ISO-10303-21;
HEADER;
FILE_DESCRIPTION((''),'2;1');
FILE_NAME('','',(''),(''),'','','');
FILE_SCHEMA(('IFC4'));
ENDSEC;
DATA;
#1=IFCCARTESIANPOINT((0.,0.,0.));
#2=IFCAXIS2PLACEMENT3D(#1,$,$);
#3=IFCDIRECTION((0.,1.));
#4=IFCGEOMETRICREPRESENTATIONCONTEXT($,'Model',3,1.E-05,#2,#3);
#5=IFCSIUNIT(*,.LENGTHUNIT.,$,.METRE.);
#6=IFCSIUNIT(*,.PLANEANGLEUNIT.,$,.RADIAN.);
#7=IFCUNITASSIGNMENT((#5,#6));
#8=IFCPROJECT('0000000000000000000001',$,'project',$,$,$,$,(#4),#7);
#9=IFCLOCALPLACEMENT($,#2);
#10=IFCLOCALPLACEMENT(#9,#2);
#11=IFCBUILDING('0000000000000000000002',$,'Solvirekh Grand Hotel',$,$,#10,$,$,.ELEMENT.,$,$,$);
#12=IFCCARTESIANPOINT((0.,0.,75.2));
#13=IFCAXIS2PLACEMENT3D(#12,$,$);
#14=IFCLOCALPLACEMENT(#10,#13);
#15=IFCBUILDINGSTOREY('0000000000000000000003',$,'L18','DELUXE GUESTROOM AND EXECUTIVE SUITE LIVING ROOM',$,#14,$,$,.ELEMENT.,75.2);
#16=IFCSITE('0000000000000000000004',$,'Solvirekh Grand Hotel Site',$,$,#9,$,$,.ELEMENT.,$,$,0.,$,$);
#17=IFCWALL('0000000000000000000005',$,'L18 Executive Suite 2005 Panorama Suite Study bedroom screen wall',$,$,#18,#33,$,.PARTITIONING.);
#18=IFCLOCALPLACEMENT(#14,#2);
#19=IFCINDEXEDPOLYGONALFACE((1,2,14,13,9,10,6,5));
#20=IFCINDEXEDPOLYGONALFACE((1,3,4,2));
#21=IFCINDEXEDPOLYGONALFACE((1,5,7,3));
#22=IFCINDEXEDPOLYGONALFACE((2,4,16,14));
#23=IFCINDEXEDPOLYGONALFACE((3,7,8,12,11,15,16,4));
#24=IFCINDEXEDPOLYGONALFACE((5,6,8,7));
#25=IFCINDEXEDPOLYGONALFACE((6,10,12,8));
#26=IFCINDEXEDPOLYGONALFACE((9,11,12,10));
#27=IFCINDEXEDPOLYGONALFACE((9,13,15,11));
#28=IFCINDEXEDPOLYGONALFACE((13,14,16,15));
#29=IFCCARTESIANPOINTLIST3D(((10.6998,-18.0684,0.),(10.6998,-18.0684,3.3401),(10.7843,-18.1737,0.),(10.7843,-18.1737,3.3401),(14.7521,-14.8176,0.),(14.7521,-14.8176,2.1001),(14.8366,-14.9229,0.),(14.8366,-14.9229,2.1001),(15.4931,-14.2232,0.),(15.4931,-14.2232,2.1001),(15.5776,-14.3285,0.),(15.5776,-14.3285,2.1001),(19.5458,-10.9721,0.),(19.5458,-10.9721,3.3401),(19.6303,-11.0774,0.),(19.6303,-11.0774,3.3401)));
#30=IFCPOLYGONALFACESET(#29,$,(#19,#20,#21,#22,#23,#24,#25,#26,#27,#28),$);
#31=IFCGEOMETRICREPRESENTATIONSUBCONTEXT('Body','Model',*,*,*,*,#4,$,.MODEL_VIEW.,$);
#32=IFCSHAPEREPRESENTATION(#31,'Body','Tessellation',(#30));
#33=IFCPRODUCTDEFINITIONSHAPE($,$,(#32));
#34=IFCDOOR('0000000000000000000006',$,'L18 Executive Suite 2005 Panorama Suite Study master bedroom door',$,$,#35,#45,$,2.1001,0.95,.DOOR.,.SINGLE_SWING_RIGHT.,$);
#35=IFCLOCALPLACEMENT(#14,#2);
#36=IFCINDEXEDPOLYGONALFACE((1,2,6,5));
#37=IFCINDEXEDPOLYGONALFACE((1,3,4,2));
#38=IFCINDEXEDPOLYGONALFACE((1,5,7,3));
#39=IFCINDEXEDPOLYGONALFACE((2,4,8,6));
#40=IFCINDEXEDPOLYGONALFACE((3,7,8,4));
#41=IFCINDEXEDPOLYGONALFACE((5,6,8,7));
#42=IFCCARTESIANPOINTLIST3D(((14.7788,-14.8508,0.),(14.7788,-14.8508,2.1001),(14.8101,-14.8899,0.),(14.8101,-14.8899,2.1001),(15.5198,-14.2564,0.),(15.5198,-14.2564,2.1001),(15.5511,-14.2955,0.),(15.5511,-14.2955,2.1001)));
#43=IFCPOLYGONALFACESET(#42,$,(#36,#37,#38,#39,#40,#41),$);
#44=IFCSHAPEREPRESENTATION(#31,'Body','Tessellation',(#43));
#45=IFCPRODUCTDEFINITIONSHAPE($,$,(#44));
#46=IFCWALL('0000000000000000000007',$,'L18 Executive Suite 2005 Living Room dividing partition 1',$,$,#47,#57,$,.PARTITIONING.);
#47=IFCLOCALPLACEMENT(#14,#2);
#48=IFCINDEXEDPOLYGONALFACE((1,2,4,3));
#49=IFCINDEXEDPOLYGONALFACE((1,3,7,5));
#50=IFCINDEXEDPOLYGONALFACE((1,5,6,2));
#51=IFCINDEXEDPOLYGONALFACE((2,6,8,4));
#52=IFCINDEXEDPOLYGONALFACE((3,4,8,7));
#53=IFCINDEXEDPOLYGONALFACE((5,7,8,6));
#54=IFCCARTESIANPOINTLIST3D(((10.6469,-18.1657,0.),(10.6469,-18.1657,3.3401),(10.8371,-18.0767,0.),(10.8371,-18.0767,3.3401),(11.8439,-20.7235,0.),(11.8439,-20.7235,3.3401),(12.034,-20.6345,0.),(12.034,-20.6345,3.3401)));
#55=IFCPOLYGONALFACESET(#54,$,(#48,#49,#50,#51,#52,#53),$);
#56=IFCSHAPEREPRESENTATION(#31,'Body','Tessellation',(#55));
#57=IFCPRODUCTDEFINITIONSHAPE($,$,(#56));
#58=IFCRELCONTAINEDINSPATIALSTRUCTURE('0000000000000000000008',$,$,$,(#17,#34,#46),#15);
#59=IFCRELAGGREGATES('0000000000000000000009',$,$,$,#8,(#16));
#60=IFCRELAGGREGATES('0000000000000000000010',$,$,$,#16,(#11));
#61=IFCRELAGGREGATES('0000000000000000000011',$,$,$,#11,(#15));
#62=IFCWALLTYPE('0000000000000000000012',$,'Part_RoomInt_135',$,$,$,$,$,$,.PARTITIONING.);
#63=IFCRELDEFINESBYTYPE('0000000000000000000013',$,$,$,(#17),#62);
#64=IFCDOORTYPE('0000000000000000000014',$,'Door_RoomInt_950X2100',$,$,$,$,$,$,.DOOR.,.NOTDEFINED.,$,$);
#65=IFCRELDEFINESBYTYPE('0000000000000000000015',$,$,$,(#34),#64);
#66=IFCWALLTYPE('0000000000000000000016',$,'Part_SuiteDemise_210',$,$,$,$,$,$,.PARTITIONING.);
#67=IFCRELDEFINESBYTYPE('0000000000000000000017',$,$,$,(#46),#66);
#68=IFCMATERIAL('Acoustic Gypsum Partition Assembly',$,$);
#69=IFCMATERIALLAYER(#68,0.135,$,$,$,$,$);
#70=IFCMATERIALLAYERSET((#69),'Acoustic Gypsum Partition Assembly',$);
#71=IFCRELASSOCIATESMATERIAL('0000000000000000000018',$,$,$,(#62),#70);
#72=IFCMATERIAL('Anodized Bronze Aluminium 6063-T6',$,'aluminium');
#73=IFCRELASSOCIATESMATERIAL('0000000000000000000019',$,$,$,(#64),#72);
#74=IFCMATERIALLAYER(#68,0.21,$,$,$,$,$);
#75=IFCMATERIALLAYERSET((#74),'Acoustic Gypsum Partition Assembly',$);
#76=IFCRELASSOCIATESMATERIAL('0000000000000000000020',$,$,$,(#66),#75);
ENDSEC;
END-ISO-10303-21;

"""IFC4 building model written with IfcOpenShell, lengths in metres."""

from ifc_helpers import new_model, si_unit, direction, frame, frame_2d, origin, place, context, subcontext, project, spatial, rectangle, extrude, material, layer, layer_set, type_object, element, fill, save


model = new_model("IFC4")

# Units and contexts
model_context = context("Model", 3, precision=1e-05, world=origin(), true_north=direction((0.0, 1.0)))
body_context = subcontext(model_context, "Body", "Model", "MODEL_VIEW")
ifc_project = project(units=[si_unit("LENGTHUNIT", "METRE"), si_unit("PLANEANGLEUNIT", "RADIAN")], contexts=[model_context])

# Site, building, storey
site_placement = place(None, origin())
site = spatial("IfcSite", under=ifc_project, at=site_placement, Name="Solvirekh Grand Hotel Site", CompositionType="ELEMENT", RefElevation=0.0)
building_placement = place(site_placement, origin())
building = spatial("IfcBuilding", under=site, at=building_placement, Name="Solvirekh Grand Hotel", CompositionType="ELEMENT")
storey_placement = place(building_placement, frame((0.0, 0.0, 75.2)))
storey = spatial("IfcBuildingStorey", under=building, at=storey_placement, Name="L18", Description="DELUXE GUESTROOM AND EXECUTIVE SUITE LIVING ROOM", CompositionType="ELEMENT", Elevation=75.2)

# Shared definitions
ifc_material_1 = material(Name="Anodized Bronze Aluminium 6063-T6", Category="aluminium")

# Wall, opening, door
ifc_material_2 = material(Name="Acoustic Gypsum Partition Assembly")
ifc_layer_1 = layer(ifc_material_2, 0.135)
ifc_layer_set_1 = layer_set([ifc_layer_1], Name="Acoustic Gypsum Partition Assembly")
wall_type_1 = type_object("IfcWallType", Name="Part_RoomInt_135", PredefinedType="PARTITIONING", material=ifc_layer_set_1)
wall_1_placement = place(storey_placement, frame((10.7419, -18.1211, 0.0), z_axis=(0.0, 0.0, 1.0), x_axis=(0.780032, 0.625739, 0.0)))
wall_1 = element("IfcWall", 1, at=wall_1_placement, inside=storey, type_object=wall_type_1, Name="L18 Executive Suite 2005 Panorama Suite Study bedroom screen wall", PredefinedType="PARTITIONING", context=body_context, shape_type="SweptSolid", body=[
    extrude(rectangle(XDim=11.3406, YDim=0.135, at=frame_2d((5.6704, 0.0))), origin(), (0.0, 0.0, 1.0), 3.3401),
])
opening_1_placement = place(wall_1_placement, frame((5.1951, 0.0, 0.0)))
opening_1 = element("IfcOpeningElement", 2, at=opening_1_placement, cuts=wall_1, PredefinedType="OPENING", context=body_context, shape_type="SweptSolid", body=[
    extrude(rectangle(XDim=0.95, YDim=2.1001, at=frame_2d((0.4751, 1.05))), frame((0.0, 0.0776, 0.0), z_axis=(0.0, -1.0, 0.0), x_axis=(1.0, 0.0, 0.0)), (0.0, 0.0, 1.0), 0.155),
])
door_type = type_object("IfcDoorType", Name="Door_RoomInt_950X2100", OperationType="NOTDEFINED", PredefinedType="DOOR", material=ifc_material_1)
door_placement = place(opening_1_placement, origin())
door = element("IfcDoor", 3, at=door_placement, inside=storey, type_object=door_type, Name="L18 Executive Suite 2005 Panorama Suite Study master bedroom door", OperationType="SINGLE_SWING_RIGHT", OverallHeight=2.1001, OverallWidth=0.95, PredefinedType="DOOR", context=body_context, shape_type="SweptSolid", body=[
    extrude(rectangle(XDim=0.95, YDim=2.1001, at=frame_2d((0.4751, 1.05))), frame((0.0, 0.0249, 0.0), z_axis=(0.0, -1.0, 0.0), x_axis=(1.0, 0.0, 0.0)), (0.0, 0.0, 1.0), 0.05),
])
fill(opening_1, door)

# Wall
ifc_layer_2 = layer(ifc_material_2, 0.21)
ifc_layer_set_2 = layer_set([ifc_layer_2], Name="Acoustic Gypsum Partition Assembly")
wall_type_2 = type_object("IfcWallType", Name="Part_SuiteDemise_210", PredefinedType="PARTITIONING", material=ifc_layer_set_2)
wall_2_placement = place(storey_placement, frame((10.7419, -18.1211, 0.0), z_axis=(0.0, 0.0, 1.0), x_axis=(0.42386, -0.905728, 0.0)))
element("IfcWall", 4, at=wall_2_placement, inside=storey, type_object=wall_type_2, Name="L18 Executive Suite 2005 Living Room dividing partition 1", PredefinedType="PARTITIONING", context=body_context, shape_type="SweptSolid", body=[
    extrude(rectangle(XDim=2.824, YDim=0.21, at=frame_2d((1.4121, 0.0))), origin(), (0.0, 0.0, 1.0), 3.3401),
])

save(model, "model.ifc")
